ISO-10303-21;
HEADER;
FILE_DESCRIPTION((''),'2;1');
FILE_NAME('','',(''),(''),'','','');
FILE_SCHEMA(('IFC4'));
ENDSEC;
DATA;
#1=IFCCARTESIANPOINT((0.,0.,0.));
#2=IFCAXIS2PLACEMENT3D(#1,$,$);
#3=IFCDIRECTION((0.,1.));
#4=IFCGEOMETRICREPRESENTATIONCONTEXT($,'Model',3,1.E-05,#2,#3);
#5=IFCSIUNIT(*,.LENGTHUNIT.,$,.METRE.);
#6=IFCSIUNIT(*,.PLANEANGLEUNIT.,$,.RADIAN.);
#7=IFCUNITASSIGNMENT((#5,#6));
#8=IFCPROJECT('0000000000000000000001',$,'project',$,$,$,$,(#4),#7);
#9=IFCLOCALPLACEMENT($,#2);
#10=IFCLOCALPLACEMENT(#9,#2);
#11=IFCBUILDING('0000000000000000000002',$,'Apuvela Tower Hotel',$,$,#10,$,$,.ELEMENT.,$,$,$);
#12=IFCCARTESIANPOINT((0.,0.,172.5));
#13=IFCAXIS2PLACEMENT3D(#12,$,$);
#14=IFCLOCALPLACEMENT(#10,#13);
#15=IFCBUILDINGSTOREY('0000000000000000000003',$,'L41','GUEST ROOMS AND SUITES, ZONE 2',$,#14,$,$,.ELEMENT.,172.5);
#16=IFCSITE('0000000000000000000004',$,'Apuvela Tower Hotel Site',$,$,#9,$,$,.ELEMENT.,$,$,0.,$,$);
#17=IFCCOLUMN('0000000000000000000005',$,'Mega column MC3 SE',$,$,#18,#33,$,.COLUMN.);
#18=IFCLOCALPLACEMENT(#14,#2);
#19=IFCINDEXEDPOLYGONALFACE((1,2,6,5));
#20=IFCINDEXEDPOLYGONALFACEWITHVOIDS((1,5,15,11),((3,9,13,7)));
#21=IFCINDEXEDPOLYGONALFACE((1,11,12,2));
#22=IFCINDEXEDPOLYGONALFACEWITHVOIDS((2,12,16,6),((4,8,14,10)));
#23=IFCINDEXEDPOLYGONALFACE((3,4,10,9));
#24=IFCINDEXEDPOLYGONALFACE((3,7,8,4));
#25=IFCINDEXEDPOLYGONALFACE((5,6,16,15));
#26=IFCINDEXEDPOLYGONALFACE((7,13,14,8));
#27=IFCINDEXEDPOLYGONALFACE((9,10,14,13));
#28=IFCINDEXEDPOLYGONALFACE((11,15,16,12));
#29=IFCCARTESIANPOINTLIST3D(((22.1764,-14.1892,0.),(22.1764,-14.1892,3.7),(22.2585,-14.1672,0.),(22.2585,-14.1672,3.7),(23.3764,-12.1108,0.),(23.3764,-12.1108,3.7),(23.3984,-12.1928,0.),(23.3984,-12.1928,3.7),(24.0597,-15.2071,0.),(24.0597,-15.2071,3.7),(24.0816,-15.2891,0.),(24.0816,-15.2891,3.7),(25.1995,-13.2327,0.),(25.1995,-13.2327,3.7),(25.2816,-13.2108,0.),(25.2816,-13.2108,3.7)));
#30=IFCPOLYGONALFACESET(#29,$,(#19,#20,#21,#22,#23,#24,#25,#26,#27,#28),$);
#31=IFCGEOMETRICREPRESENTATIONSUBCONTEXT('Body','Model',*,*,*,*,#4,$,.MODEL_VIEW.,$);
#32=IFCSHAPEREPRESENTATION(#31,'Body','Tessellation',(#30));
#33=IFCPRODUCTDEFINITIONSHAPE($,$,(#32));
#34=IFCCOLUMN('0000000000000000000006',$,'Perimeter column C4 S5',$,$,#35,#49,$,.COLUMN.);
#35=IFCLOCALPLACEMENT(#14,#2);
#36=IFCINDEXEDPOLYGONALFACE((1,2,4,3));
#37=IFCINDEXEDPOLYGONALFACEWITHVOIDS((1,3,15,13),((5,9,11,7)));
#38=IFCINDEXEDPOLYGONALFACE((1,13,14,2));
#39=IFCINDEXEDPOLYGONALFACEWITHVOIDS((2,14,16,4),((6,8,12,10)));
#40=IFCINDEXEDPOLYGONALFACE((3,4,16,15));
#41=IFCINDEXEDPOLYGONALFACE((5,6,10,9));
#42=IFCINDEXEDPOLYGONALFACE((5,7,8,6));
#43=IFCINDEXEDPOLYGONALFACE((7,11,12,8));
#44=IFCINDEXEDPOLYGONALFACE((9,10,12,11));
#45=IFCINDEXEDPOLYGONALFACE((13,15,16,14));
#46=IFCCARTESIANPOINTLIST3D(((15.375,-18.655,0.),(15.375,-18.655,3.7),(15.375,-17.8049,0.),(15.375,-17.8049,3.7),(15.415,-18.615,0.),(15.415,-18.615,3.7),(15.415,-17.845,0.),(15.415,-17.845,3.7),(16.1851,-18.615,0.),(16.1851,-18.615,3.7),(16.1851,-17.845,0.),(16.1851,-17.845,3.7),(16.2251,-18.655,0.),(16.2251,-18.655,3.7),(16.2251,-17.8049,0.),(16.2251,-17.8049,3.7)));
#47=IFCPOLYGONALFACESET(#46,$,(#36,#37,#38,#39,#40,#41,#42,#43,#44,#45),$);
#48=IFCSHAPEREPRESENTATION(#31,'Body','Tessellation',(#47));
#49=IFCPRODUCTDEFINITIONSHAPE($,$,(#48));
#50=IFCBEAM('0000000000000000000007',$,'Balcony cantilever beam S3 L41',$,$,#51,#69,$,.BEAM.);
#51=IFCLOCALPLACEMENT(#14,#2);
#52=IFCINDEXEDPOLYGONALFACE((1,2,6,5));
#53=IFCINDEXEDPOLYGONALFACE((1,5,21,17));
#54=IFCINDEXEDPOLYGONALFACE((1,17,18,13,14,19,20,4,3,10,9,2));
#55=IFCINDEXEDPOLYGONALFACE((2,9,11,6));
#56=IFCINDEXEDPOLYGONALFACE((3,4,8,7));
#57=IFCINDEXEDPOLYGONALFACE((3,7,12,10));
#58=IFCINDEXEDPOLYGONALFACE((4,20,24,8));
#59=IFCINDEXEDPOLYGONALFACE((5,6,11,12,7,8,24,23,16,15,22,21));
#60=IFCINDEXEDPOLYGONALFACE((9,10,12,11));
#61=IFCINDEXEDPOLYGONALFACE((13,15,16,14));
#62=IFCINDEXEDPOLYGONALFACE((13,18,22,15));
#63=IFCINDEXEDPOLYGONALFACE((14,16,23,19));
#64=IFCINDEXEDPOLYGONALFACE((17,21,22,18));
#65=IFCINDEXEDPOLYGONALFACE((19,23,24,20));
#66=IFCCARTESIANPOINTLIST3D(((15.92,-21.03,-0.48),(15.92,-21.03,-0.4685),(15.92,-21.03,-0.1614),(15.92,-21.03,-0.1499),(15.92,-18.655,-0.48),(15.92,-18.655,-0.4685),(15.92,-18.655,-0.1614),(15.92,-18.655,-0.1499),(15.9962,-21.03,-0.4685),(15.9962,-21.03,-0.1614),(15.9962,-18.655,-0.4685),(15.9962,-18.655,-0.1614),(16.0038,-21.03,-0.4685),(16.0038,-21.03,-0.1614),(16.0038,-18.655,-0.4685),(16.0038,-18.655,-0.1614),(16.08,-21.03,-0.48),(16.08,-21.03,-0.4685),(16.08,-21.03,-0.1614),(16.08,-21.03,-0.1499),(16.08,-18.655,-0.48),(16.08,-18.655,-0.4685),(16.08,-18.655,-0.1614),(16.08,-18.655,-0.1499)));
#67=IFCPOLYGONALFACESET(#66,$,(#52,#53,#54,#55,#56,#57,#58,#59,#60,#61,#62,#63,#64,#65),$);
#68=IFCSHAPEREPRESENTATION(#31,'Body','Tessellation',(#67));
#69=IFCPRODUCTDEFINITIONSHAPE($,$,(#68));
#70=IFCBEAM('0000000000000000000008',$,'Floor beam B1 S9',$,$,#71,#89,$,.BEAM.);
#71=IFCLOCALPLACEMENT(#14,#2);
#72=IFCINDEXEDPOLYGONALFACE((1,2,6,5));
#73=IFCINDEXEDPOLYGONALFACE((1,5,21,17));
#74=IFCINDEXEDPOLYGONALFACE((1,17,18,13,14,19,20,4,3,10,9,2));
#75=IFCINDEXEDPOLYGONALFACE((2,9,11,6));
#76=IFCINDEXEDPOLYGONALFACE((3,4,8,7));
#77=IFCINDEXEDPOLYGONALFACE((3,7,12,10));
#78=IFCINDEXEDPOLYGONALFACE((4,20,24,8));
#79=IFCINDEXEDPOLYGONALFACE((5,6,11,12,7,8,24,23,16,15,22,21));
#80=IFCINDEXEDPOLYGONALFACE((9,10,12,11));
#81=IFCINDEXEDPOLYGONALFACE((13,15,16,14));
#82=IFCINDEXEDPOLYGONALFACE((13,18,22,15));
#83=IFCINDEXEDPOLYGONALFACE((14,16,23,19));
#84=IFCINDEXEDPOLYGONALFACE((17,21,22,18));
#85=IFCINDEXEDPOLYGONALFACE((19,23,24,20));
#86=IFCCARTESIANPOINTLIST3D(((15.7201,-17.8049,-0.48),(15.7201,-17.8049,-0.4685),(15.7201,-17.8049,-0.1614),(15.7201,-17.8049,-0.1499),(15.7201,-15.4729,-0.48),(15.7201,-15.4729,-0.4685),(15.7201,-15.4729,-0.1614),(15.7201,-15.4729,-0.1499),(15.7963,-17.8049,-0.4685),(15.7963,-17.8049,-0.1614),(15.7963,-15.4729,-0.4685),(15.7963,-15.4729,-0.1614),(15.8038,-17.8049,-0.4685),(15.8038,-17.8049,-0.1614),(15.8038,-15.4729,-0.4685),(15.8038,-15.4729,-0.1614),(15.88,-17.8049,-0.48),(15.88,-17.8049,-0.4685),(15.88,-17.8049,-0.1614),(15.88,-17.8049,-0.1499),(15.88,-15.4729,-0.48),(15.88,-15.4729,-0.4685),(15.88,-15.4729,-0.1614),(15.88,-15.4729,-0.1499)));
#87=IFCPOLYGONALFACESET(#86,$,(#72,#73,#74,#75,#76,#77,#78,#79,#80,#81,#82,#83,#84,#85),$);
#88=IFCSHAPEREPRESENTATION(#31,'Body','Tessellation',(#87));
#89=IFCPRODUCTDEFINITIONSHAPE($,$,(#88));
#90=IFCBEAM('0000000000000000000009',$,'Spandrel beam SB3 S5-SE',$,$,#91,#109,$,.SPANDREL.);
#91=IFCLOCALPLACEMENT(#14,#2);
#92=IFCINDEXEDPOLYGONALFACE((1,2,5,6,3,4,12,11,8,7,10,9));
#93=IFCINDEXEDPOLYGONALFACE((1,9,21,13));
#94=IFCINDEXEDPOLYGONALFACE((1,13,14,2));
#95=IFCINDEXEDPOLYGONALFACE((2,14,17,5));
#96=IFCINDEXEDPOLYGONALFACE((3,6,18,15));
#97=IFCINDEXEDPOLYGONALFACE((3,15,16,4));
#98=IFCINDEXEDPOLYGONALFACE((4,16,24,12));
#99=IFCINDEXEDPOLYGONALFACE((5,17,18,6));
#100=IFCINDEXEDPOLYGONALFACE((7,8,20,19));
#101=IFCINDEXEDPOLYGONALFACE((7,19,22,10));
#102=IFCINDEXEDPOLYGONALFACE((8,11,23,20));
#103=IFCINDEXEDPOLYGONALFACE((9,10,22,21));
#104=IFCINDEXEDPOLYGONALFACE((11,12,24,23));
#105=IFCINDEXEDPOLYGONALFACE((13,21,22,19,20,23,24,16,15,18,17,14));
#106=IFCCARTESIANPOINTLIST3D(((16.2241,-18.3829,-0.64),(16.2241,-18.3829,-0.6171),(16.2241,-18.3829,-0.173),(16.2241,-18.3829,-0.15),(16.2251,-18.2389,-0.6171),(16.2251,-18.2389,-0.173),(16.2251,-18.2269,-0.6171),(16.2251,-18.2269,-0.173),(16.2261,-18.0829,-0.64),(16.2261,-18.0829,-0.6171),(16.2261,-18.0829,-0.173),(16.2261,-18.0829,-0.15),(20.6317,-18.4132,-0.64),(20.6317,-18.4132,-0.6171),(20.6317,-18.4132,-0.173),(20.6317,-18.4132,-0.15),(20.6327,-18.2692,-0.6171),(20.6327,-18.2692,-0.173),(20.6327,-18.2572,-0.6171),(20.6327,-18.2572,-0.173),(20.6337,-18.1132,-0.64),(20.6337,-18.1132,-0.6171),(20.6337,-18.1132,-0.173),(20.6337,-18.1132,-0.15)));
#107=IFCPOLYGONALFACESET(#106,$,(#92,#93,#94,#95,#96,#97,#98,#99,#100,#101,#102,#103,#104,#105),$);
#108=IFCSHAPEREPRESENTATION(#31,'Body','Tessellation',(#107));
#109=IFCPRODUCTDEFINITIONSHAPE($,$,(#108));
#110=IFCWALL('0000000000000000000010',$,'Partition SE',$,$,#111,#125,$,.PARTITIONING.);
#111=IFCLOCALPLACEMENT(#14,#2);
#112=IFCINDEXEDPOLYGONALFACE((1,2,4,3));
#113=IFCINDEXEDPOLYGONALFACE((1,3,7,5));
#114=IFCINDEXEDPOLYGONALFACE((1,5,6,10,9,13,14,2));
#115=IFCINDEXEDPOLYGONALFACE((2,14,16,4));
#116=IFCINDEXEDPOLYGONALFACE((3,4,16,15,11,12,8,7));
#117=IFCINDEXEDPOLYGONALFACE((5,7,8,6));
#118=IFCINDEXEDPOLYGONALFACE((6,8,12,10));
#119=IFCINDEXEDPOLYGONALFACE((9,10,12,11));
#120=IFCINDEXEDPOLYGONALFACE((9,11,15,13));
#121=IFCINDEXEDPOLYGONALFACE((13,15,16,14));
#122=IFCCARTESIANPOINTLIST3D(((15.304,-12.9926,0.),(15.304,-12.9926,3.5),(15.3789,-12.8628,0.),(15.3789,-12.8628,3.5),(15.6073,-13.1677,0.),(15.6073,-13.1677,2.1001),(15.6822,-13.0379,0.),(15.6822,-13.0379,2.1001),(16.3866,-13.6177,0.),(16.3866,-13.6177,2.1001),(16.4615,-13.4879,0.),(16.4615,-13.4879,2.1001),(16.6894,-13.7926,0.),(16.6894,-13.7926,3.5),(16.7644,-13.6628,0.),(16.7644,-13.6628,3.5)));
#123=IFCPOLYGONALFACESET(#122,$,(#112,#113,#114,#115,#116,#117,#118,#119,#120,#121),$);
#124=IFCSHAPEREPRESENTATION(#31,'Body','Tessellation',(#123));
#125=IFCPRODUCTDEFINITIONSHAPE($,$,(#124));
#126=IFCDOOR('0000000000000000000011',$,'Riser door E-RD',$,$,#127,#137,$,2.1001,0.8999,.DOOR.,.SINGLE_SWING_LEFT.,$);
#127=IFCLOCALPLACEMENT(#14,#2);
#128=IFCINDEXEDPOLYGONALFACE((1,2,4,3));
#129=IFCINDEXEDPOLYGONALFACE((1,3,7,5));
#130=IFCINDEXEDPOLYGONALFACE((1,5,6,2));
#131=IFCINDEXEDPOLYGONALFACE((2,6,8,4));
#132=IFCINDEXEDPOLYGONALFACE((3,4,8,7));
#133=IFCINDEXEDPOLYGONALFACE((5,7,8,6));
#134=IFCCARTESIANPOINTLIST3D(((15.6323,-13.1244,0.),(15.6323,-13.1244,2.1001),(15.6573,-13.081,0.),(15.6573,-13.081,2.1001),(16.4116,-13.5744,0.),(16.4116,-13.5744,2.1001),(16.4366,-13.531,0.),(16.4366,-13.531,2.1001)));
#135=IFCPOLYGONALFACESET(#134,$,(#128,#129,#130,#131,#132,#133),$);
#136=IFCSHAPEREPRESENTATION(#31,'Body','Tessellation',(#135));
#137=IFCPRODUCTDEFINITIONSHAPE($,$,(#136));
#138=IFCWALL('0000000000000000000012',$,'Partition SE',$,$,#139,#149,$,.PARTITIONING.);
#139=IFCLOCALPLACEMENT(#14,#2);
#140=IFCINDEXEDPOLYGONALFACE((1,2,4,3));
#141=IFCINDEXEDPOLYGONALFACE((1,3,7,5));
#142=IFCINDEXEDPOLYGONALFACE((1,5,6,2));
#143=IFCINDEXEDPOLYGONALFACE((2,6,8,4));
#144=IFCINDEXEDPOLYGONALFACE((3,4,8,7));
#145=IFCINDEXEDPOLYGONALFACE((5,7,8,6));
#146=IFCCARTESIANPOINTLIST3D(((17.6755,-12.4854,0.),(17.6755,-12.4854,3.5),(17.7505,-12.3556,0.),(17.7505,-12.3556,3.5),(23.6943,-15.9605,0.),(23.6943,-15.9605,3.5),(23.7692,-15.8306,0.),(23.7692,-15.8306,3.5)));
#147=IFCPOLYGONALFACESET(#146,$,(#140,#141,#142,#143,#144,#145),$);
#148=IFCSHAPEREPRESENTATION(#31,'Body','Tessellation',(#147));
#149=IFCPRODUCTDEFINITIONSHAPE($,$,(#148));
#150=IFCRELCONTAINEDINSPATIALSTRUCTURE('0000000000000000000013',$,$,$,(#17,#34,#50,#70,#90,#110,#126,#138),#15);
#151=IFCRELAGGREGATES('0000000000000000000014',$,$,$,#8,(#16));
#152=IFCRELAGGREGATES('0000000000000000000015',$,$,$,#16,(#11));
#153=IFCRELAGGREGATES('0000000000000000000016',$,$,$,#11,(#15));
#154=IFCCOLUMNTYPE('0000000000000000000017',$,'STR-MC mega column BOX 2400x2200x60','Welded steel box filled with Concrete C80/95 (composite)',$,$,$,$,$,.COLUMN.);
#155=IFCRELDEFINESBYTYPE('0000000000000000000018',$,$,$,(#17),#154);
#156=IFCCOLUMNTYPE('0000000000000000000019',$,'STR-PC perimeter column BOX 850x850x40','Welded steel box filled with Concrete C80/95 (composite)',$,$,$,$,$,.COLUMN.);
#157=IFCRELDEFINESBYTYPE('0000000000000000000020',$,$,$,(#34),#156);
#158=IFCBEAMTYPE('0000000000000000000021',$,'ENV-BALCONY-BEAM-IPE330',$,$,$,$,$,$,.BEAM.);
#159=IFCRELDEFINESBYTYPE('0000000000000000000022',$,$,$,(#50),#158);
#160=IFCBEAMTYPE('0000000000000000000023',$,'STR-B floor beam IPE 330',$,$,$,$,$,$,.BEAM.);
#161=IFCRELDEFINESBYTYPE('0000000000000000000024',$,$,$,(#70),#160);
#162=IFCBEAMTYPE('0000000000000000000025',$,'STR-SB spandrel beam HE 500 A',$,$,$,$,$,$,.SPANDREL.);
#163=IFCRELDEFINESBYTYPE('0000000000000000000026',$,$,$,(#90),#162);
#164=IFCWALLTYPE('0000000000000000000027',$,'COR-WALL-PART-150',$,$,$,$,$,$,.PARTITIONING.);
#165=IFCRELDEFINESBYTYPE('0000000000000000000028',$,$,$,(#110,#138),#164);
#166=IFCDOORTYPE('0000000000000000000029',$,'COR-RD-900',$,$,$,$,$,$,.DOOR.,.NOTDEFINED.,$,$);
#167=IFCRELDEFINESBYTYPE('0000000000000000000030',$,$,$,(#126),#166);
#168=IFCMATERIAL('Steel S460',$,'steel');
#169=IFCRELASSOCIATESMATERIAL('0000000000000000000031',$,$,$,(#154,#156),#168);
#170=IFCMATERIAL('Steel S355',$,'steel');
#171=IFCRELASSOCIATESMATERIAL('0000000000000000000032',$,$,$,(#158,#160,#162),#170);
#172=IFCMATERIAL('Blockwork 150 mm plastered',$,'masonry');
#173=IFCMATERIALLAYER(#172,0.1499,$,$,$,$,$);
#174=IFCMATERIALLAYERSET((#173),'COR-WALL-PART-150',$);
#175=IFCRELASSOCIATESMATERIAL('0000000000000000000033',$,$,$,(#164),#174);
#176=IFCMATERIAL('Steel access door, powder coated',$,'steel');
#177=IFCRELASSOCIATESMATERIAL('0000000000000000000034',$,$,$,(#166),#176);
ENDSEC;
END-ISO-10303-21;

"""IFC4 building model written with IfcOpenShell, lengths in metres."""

from ifc_helpers import new_model, si_unit, direction, frame, frame_2d, origin, origin_2d, place, context, subcontext, project, spatial, rectangle, hollow_rectangle, i_section, extrude, material, layer, layer_set, material_profile, profile_set, type_object, element, fill, save


model = new_model("IFC4")

# Units and contexts
model_context = context("Model", 3, precision=1e-05, world=origin(), true_north=direction((0.0, 1.0)))
body_context = subcontext(model_context, "Body", "Model", "MODEL_VIEW")
ifc_project = project(units=[si_unit("LENGTHUNIT", "METRE"), si_unit("PLANEANGLEUNIT", "RADIAN")], contexts=[model_context])

# Site, building, storey
site_placement = place(None, origin())
site = spatial("IfcSite", under=ifc_project, at=site_placement, Name="Apuvela Tower Hotel Site", CompositionType="ELEMENT", RefElevation=0.0)
building_placement = place(site_placement, origin())
building = spatial("IfcBuilding", under=site, at=building_placement, Name="Apuvela Tower Hotel", CompositionType="ELEMENT")
storey_placement = place(building_placement, frame((0.0, 0.0, 172.5)))
storey = spatial("IfcBuildingStorey", under=building, at=storey_placement, Name="L41", Description="GUEST ROOMS AND SUITES, ZONE 2", CompositionType="ELEMENT", Elevation=172.5)

# Columns
ifc_material_1 = material(Name="Steel S460", Category="steel")
ifc_material_profile_1 = material_profile(ifc_material_1, hollow_rectangle(XDim=2.3999, YDim=2.2, WallThickness=0.0601, at=origin_2d()), Name="BOX 2400x2200x60")
ifc_material_2 = material(Name="Concrete C80/95", Category="concrete")
ifc_material_profile_2 = material_profile(ifc_material_2, rectangle(XDim=2.28, YDim=2.0801, at=origin_2d()), Name="Concrete C80/95 infill")
ifc_profile_set_1 = profile_set([ifc_material_profile_1, ifc_material_profile_2], Name="Steel S460")
column_type_1 = type_object("IfcColumnType", Name="STR-MC mega column BOX 2400x2200x60", Description="Welded steel box filled with Concrete C80/95 (composite)", PredefinedType="COLUMN", material=ifc_profile_set_1)
column_1_placement = place(storey_placement, frame((23.729, -13.7, 0.0), z_axis=(0.0, 0.0, 1.0), x_axis=(0.5, 0.866025, 0.0)))
element("IfcColumn", 1, at=column_1_placement, inside=storey, type_object=column_type_1, Name="Mega column MC3 SE", PredefinedType="COLUMN", context=body_context, shape_type="SweptSolid", body=[
    extrude(hollow_rectangle(XDim=2.3999, YDim=2.2, WallThickness=0.0601, at=origin_2d()), origin(), (0.0, 0.0, 1.0), 3.7),
])
ifc_material_profile_3 = material_profile(ifc_material_1, hollow_rectangle(XDim=0.8501, YDim=0.8501, WallThickness=0.04, at=origin_2d()), Name="BOX 850x850x40")
ifc_material_profile_4 = material_profile(ifc_material_2, rectangle(XDim=0.77, YDim=0.77, at=origin_2d()), Name="Concrete C80/95 infill")
ifc_profile_set_2 = profile_set([ifc_material_profile_3, ifc_material_profile_4], Name="Steel S460")
column_type_2 = type_object("IfcColumnType", Name="STR-PC perimeter column BOX 850x850x40", Description="Welded steel box filled with Concrete C80/95 (composite)", PredefinedType="COLUMN", material=ifc_profile_set_2)
column_2_placement = place(storey_placement, frame((15.8, -18.23, 0.0), z_axis=(0.0, 0.0, 1.0), x_axis=(-1.0, 0.0, 0.0)))
element("IfcColumn", 2, at=column_2_placement, inside=storey, type_object=column_type_2, Name="Perimeter column C4 S5", PredefinedType="COLUMN", context=body_context, shape_type="SweptSolid", body=[
    extrude(hollow_rectangle(XDim=0.8501, YDim=0.8501, WallThickness=0.04, at=origin_2d()), origin(), (0.0, 0.0, 1.0), 3.7),
])

# Beams
ifc_material_3 = material(Name="Steel S355", Category="steel")
ifc_material_profile_5 = material_profile(ifc_material_3, i_section(OverallWidth=0.1599, OverallDepth=0.3301, WebThickness=0.0076, FlangeThickness=0.0115, at=origin_2d()), Name="IPE 330")
ifc_profile_set_3 = profile_set([ifc_material_profile_5], Name="Steel S355")
beam_type_1 = type_object("IfcBeamType", Name="ENV-BALCONY-BEAM-IPE330", PredefinedType="BEAM", material=ifc_profile_set_3)
beam_1_placement = place(storey_placement, frame((16.0, -18.655, -0.3149), z_axis=(0.0, -1.0, 0.0), x_axis=(1.0, 0.0, 0.0)))
element("IfcBeam", 3, at=beam_1_placement, inside=storey, type_object=beam_type_1, Name="Balcony cantilever beam S3 L41", PredefinedType="BEAM", context=body_context, shape_type="SweptSolid", body=[
    extrude(i_section(OverallWidth=0.1599, OverallDepth=0.3301, WebThickness=0.0076, FlangeThickness=0.0115, at=origin_2d()), origin(), (0.0, 0.0, 1.0), 2.375),
])
ifc_material_profile_6 = material_profile(ifc_material_3, i_section(OverallWidth=0.1599, OverallDepth=0.3301, WebThickness=0.0076, FlangeThickness=0.0115, at=origin_2d()), Name="IPE 330")
ifc_profile_set_4 = profile_set([ifc_material_profile_6], Name="Steel S355")
beam_type_2 = type_object("IfcBeamType", Name="STR-B floor beam IPE 330", PredefinedType="BEAM", material=ifc_profile_set_4)
beam_2_placement = place(storey_placement, frame((15.8, -17.8049, -0.3149), z_axis=(0.0, 1.0, 0.0), x_axis=(-1.0, 0.0, 0.0)))
element("IfcBeam", 4, at=beam_2_placement, inside=storey, type_object=beam_type_2, Name="Floor beam B1 S9", PredefinedType="BEAM", context=body_context, shape_type="SweptSolid", body=[
    extrude(i_section(OverallWidth=0.1599, OverallDepth=0.3301, WebThickness=0.0076, FlangeThickness=0.0115, at=origin_2d()), origin(), (0.0, 0.0, 1.0), 2.332),
])
ifc_material_profile_7 = material_profile(ifc_material_3, i_section(OverallWidth=0.3, OverallDepth=0.49, WebThickness=0.012, FlangeThickness=0.0229, at=origin_2d()), Name="HE 500 A")
ifc_profile_set_5 = profile_set([ifc_material_profile_7], Name="Steel S355")
beam_type_3 = type_object("IfcBeamType", Name="STR-SB spandrel beam HE 500 A", PredefinedType="SPANDREL", material=ifc_profile_set_5)
beam_3_placement = place(storey_placement, frame((16.2251, -18.2329, -0.395), z_axis=(0.999976, -0.006868, 0.0), x_axis=(0.006868, 0.999976, 0.0)))
element("IfcBeam", 5, at=beam_3_placement, inside=storey, type_object=beam_type_3, Name="Spandrel beam SB3 S5-SE", PredefinedType="SPANDREL", context=body_context, shape_type="SweptSolid", body=[
    extrude(i_section(OverallWidth=0.3, OverallDepth=0.49, WebThickness=0.012, FlangeThickness=0.0229, at=origin_2d()), origin(), (0.0, 0.0, 1.0), 4.4077),
])

# Wall, opening, door
ifc_material_4 = material(Name="Blockwork 150 mm plastered", Category="masonry")
ifc_layer_1 = layer(ifc_material_4, 0.1499)
ifc_layer_set_1 = layer_set([ifc_layer_1], Name="COR-WALL-PART-150")
wall_type_1 = type_object("IfcWallType", Name="COR-WALL-PART-150", PredefinedType="PARTITIONING", material=ifc_layer_set_1)
wall_1_placement = place(storey_placement, frame((15.3416, -12.9277, 0.0), z_axis=(0.0, 0.0, 1.0), x_axis=(0.86599, -0.500061, 0.0)))
wall_1 = element("IfcWall", 6, at=wall_1_placement, inside=storey, type_object=wall_type_1, Name="Partition SE", PredefinedType="PARTITIONING", context=body_context, shape_type="SweptSolid", body=[
    extrude(rectangle(XDim=1.5999, YDim=0.1499, at=frame_2d((0.7998, 0.0))), origin(), (0.0, 0.0, 1.0), 3.5),
])
opening_1_placement = place(wall_1_placement, frame((0.3501, 0.0, 0.0)))
opening_1 = element("IfcOpeningElement", 7, at=opening_1_placement, cuts=wall_1, PredefinedType="OPENING", context=body_context, shape_type="SweptSolid", body=[
    extrude(rectangle(XDim=0.8999, YDim=2.1001, at=frame_2d((0.45, 1.05))), frame((0.0, 0.085, 0.0), z_axis=(0.0, -1.0, 0.0), x_axis=(1.0, 0.0, 0.0)), (0.0, 0.0, 1.0), 0.1699),
])
ifc_material_5 = material(Name="Steel access door, powder coated", Category="steel")
door_type_1 = type_object("IfcDoorType", Name="COR-RD-900", OperationType="NOTDEFINED", PredefinedType="DOOR", material=ifc_material_5)
door_1_placement = place(opening_1_placement, frame((0.8999, 0.0, 0.0), z_axis=(0.0, 0.0, 1.0), x_axis=(-1.0, 0.0, 0.0)))
door_1 = element("IfcDoor", 8, at=door_1_placement, inside=storey, type_object=door_type_1, Name="Riser door E-RD", OperationType="SINGLE_SWING_LEFT", OverallHeight=2.1001, OverallWidth=0.8999, PredefinedType="DOOR", context=body_context, shape_type="SweptSolid", body=[
    extrude(rectangle(XDim=0.8999, YDim=2.1001, at=frame_2d((0.45, 1.05))), frame((0.0, 0.0249, 0.0), z_axis=(0.0, -1.0, 0.0), x_axis=(1.0, 0.0, 0.0)), (0.0, 0.0, 1.0), 0.05),
])
fill(opening_1, door_1)

# Wall
wall_2_placement = place(storey_placement, frame((17.7129, -12.4204, 0.0), z_axis=(0.0, 0.0, 1.0), x_axis=(0.866017, -0.500015, 0.0)))
element("IfcWall", 9, at=wall_2_placement, inside=storey, type_object=wall_type_1, Name="Partition SE", PredefinedType="PARTITIONING", context=body_context, shape_type="SweptSolid", body=[
    extrude(rectangle(XDim=6.95, YDim=0.1499, at=frame_2d((3.4751, 0.0))), origin(), (0.0, 0.0, 1.0), 3.5),
])

save(model, "model.ifc")
